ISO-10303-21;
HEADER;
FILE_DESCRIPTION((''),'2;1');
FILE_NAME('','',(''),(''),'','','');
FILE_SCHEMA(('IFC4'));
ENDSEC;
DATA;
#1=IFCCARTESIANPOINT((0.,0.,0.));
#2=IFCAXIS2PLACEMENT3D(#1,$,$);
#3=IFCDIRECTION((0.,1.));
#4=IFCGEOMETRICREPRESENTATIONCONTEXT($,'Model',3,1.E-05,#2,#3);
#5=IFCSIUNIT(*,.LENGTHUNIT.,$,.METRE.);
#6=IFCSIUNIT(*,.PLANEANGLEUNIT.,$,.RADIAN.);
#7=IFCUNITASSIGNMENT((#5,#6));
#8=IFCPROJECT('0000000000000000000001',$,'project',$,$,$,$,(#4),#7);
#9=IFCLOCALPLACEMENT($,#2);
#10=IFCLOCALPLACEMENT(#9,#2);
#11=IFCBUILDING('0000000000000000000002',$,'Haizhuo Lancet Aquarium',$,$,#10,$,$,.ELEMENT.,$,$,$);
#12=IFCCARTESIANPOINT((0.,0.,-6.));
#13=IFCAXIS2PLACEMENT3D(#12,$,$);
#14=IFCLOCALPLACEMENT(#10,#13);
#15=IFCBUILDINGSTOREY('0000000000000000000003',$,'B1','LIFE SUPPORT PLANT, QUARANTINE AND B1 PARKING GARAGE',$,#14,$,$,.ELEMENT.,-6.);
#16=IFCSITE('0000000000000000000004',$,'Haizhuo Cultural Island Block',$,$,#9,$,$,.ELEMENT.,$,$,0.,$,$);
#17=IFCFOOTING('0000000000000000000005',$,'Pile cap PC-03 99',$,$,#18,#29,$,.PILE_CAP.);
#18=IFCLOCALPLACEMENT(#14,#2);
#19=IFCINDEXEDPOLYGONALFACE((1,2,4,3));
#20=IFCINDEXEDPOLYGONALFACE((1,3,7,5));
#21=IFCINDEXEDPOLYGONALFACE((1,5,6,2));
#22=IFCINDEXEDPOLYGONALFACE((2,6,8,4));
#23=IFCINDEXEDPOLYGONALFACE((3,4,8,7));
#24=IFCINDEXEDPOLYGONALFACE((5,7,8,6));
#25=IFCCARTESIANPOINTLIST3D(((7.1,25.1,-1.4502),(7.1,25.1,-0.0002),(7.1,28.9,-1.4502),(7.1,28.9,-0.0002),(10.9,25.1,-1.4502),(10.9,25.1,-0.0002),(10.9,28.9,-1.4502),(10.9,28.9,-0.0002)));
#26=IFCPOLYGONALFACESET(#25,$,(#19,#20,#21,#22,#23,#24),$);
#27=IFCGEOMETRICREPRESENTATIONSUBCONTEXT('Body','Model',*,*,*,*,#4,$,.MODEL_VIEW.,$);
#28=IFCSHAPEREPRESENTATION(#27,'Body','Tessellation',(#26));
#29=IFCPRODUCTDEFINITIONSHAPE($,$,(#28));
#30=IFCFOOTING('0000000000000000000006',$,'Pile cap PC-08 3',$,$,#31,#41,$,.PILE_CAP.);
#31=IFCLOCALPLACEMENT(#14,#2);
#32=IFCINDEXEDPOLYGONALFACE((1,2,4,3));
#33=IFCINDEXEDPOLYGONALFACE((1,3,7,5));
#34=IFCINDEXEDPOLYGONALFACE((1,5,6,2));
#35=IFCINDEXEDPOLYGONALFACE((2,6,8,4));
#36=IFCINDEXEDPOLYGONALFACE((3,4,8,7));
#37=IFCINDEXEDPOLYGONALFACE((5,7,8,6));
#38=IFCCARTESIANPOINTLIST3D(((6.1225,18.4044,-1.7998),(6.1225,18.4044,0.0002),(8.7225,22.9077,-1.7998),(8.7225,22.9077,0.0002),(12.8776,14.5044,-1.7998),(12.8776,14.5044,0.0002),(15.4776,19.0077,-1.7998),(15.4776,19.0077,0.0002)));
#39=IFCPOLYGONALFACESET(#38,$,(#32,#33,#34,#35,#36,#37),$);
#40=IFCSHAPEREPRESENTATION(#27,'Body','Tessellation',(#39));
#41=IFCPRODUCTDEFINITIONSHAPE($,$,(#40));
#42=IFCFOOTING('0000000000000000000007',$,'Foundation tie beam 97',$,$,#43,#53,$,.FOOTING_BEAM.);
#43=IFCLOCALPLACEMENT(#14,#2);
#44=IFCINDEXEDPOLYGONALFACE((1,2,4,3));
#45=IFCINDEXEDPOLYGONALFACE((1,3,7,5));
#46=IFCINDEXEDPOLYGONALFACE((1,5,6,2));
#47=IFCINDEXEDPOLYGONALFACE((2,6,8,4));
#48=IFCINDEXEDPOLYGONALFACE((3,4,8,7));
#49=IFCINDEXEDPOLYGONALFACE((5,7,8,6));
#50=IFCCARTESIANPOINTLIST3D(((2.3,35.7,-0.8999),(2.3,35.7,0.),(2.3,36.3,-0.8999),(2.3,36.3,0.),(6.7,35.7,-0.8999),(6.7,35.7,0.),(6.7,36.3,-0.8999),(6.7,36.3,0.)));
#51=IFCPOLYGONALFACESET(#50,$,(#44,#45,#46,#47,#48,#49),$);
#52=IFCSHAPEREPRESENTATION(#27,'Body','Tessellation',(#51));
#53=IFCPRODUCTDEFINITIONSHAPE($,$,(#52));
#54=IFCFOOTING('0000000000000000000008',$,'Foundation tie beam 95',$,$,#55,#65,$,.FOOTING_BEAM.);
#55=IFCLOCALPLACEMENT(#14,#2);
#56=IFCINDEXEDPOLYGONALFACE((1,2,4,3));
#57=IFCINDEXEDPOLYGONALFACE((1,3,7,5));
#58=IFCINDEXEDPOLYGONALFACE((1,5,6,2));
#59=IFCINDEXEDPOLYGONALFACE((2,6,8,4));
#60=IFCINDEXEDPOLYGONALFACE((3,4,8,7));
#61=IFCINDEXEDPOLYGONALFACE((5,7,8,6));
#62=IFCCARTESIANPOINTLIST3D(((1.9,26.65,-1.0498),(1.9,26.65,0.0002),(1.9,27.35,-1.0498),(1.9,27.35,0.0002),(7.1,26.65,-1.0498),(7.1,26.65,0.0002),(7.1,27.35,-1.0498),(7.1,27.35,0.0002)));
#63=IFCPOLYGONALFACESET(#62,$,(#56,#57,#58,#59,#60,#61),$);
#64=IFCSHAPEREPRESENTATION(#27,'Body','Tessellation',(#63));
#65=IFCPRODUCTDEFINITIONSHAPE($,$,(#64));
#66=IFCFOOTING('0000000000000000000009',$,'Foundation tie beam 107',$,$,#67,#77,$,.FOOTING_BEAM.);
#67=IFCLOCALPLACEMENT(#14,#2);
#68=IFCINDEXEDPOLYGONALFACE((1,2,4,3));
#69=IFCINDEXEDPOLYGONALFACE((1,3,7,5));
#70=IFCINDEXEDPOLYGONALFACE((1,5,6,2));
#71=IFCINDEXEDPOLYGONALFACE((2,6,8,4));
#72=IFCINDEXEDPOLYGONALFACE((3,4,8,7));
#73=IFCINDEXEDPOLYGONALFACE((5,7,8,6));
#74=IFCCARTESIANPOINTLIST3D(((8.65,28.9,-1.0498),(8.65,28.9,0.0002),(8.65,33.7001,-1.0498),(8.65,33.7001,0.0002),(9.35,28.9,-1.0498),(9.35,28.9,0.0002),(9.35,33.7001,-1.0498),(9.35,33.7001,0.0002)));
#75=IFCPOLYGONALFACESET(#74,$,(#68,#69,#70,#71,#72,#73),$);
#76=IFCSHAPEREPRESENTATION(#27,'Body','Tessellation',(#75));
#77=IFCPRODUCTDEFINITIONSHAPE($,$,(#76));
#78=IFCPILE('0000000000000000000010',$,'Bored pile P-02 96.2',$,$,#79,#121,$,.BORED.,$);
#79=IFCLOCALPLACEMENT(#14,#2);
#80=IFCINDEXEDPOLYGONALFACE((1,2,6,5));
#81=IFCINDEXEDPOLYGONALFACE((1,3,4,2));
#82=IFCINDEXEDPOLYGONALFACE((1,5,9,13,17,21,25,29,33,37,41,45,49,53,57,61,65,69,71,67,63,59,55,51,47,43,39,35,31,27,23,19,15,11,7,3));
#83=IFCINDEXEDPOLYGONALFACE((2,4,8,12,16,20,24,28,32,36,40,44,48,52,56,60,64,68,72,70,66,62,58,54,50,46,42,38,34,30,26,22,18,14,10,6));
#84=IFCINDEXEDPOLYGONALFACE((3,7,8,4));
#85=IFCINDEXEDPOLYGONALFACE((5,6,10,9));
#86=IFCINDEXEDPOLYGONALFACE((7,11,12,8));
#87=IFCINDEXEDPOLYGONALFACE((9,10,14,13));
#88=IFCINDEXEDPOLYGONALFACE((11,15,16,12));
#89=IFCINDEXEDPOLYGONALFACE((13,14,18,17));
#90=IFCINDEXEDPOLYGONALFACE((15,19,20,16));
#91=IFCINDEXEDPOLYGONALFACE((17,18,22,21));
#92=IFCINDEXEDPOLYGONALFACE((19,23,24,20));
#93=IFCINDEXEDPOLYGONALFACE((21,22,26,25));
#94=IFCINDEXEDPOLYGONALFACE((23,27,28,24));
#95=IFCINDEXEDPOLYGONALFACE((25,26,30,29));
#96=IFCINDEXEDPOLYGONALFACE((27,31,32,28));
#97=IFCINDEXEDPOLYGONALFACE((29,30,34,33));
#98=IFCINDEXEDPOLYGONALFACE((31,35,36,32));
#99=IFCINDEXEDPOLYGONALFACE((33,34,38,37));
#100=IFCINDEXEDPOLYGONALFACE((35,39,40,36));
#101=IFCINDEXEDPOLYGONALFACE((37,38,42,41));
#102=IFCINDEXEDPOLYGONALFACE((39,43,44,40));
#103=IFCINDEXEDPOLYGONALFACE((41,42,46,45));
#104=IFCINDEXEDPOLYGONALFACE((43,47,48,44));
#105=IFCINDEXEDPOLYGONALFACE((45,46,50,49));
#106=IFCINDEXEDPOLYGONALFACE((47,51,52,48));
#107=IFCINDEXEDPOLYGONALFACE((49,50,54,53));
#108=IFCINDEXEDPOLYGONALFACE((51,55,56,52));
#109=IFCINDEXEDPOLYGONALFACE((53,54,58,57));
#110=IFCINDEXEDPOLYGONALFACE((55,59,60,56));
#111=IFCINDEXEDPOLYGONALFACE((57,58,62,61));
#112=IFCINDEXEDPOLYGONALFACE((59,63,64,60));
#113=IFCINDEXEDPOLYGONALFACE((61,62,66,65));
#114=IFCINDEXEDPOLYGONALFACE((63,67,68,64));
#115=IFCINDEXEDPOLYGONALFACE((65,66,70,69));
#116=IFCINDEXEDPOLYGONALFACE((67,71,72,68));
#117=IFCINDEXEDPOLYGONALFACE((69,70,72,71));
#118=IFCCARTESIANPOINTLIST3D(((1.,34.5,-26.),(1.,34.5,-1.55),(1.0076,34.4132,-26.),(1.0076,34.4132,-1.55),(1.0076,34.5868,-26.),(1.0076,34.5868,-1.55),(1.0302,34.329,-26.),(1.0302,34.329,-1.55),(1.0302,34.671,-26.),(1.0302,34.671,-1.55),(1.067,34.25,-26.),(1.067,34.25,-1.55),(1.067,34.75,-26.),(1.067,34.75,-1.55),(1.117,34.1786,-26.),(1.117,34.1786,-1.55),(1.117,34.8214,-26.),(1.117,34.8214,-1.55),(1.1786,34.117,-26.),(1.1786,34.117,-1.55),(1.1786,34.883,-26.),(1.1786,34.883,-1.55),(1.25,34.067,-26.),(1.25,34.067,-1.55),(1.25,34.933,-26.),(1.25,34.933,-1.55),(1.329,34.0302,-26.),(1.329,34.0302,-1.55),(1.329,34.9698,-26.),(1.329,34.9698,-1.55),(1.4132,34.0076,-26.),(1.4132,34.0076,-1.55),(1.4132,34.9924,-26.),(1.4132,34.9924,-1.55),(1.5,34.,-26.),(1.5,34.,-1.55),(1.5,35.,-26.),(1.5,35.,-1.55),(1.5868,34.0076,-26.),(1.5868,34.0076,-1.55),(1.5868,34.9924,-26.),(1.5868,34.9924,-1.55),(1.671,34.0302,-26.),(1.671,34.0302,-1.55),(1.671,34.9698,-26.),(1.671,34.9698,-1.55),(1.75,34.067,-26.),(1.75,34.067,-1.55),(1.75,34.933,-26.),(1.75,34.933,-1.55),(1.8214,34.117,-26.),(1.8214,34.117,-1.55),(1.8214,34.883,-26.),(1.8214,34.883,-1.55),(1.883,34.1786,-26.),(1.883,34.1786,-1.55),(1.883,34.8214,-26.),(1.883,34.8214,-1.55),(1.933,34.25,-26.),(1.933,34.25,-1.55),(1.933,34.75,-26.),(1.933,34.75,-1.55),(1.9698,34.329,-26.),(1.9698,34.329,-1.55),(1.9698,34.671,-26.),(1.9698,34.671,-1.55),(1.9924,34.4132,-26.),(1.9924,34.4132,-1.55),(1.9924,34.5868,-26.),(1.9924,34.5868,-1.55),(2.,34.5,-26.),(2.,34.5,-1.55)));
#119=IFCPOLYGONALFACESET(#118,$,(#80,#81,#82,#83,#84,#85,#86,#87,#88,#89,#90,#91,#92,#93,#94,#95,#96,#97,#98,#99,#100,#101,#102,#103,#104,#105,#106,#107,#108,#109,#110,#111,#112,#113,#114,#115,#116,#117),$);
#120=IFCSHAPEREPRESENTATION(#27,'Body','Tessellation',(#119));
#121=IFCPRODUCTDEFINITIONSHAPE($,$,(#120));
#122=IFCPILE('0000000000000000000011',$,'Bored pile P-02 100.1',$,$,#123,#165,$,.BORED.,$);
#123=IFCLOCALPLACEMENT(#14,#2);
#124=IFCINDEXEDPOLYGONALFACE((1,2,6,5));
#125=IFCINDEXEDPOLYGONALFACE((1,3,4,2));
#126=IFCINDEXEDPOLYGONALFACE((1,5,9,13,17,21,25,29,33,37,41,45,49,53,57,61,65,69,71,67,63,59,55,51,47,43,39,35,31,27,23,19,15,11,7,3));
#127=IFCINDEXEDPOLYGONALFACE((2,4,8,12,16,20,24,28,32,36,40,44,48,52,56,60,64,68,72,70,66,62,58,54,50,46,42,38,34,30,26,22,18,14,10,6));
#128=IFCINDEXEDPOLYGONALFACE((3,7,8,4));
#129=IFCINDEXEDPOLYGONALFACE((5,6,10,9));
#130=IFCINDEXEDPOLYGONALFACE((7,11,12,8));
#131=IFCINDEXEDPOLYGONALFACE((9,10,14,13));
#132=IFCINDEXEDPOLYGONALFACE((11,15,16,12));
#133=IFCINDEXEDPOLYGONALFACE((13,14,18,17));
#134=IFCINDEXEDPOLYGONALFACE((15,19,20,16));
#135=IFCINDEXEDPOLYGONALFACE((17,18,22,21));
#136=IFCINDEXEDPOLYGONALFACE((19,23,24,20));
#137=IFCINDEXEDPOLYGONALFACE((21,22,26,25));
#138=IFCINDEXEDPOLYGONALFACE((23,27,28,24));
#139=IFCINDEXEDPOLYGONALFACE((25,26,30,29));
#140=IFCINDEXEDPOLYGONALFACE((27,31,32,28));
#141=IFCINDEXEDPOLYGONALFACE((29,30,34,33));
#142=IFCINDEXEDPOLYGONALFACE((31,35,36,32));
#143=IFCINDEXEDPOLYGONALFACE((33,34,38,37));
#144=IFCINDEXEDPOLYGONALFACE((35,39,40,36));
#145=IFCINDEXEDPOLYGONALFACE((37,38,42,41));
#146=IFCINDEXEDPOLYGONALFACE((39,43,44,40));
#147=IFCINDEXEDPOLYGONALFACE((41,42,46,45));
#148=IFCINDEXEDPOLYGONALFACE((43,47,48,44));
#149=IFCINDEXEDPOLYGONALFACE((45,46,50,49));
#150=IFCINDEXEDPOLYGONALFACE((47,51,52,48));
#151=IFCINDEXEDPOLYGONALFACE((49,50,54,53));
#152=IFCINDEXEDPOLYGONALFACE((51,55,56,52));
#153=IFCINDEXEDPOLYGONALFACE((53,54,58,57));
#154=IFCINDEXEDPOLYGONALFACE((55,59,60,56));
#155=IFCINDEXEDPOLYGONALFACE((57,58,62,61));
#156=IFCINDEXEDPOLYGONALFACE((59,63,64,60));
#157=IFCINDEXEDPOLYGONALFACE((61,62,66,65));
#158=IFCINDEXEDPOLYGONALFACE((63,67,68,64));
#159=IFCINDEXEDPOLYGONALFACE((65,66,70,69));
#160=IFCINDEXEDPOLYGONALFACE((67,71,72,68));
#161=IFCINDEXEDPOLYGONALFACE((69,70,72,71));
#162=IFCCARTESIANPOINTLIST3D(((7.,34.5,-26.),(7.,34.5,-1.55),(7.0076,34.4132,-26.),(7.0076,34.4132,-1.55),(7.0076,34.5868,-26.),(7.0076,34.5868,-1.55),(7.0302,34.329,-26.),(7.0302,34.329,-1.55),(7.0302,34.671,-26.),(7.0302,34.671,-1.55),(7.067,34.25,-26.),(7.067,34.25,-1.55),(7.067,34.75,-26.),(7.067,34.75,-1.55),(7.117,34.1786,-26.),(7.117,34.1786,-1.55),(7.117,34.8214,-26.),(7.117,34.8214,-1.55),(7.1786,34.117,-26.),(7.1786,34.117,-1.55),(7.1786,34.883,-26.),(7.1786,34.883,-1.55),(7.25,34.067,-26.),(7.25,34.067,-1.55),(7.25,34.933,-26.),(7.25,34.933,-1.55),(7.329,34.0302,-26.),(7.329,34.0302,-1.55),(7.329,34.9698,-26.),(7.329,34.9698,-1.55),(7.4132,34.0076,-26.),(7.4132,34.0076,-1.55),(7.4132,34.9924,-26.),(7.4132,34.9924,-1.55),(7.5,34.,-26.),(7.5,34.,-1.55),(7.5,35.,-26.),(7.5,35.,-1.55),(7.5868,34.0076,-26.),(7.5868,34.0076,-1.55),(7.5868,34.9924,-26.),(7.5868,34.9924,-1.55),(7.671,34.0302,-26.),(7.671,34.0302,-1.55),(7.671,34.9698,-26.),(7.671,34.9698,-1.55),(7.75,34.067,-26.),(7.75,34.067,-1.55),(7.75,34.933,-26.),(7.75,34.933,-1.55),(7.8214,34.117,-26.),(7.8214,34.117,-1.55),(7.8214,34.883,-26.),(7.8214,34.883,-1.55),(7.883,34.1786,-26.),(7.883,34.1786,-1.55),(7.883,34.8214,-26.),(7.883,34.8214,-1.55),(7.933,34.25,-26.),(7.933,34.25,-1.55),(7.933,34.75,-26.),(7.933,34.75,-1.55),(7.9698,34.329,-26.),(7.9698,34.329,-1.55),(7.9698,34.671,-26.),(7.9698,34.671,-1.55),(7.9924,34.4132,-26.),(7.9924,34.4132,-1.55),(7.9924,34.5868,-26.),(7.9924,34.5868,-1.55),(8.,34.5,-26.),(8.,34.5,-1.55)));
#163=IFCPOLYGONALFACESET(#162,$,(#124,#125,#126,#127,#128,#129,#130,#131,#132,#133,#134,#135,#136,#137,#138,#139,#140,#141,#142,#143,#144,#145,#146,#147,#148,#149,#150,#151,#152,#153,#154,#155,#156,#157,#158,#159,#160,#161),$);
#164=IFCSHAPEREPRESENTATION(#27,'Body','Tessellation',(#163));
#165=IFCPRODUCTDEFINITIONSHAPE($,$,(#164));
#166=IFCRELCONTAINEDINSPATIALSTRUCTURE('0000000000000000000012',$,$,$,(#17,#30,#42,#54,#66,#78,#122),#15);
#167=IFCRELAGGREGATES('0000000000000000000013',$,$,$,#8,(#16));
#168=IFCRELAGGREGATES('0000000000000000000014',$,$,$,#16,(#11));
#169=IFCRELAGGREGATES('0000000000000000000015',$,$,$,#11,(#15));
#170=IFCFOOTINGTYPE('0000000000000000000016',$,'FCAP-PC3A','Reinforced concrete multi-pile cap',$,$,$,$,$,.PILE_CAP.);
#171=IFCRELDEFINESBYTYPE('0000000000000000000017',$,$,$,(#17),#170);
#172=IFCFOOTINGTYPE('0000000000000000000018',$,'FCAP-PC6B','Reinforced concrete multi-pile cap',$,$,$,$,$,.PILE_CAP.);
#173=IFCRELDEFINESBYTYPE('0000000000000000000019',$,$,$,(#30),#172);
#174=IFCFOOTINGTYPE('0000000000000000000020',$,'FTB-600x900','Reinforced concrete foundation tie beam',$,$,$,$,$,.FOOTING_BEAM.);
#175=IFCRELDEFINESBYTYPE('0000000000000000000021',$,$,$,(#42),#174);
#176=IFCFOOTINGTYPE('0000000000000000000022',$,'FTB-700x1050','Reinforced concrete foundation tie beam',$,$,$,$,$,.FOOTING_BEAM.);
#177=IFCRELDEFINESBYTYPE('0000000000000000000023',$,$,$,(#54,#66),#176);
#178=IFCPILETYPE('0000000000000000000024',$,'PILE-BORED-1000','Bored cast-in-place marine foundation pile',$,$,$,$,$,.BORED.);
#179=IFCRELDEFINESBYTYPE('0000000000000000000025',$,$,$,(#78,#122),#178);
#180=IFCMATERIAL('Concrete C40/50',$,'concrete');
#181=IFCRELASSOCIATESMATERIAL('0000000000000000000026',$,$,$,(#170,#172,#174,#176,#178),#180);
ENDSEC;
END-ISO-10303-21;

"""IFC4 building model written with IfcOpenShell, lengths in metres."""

from ifc_helpers import new_model, si_unit, direction, frame, origin, origin_2d, place, context, subcontext, project, spatial, rectangle, circle, extrude, material, material_profile, profile_set, type_object, element, save


model = new_model("IFC4")

# Units and contexts
model_context = context("Model", 3, precision=1e-05, world=origin(), true_north=direction((0.0, 1.0)))
body_context = subcontext(model_context, "Body", "Model", "MODEL_VIEW")
ifc_project = project(units=[si_unit("LENGTHUNIT", "METRE"), si_unit("PLANEANGLEUNIT", "RADIAN")], contexts=[model_context])

# Site, building, storey
site_placement = place(None, origin())
site = spatial("IfcSite", under=ifc_project, at=site_placement, Name="Haizhuo Cultural Island Block", CompositionType="ELEMENT", RefElevation=0.0)
building_placement = place(site_placement, origin())
building = spatial("IfcBuilding", under=site, at=building_placement, Name="Haizhuo Lancet Aquarium", CompositionType="ELEMENT")
storey_placement = place(building_placement, frame((0.0, 0.0, -6.0)))
storey = spatial("IfcBuildingStorey", under=building, at=storey_placement, Name="B1", Description="LIFE SUPPORT PLANT, QUARANTINE AND B1 PARKING GARAGE", CompositionType="ELEMENT", Elevation=-6.0)

# Footings
ifc_material_1 = material(Name="Concrete C40/50", Category="concrete")
footing_type_1 = type_object("IfcFootingType", Name="FCAP-PC3A", Description="Reinforced concrete multi-pile cap", PredefinedType="PILE_CAP", material=ifc_material_1)
footing_1_placement = place(storey_placement, frame((9.0, 27.0, -1.4502), z_axis=(0.0, 0.0, 1.0), x_axis=(1.0, 0.0, 0.0)))
element("IfcFooting", 1, at=footing_1_placement, inside=storey, type_object=footing_type_1, Name="Pile cap PC-03 99", PredefinedType="PILE_CAP", context=body_context, shape_type="SweptSolid", body=[
    extrude(rectangle(XDim=3.8, YDim=3.8, at=origin_2d()), origin(), (0.0, 0.0, 1.0), 1.45),
])
footing_type_2 = type_object("IfcFootingType", Name="FCAP-PC6B", Description="Reinforced concrete multi-pile cap", PredefinedType="PILE_CAP", material=ifc_material_1)
footing_2_placement = place(storey_placement, frame((10.8, 18.7061, -1.7998), z_axis=(0.0, 0.0, 1.0), x_axis=(0.5, 0.866025, 0.0)))
element("IfcFooting", 2, at=footing_2_placement, inside=storey, type_object=footing_type_2, Name="Pile cap PC-08 3", PredefinedType="PILE_CAP", context=body_context, shape_type="SweptSolid", body=[
    extrude(rectangle(XDim=5.2, YDim=7.8, at=origin_2d()), origin(), (0.0, 0.0, 1.0), 1.8),
])
footing_type_3 = type_object("IfcFootingType", Name="FTB-600x900", Description="Reinforced concrete foundation tie beam", PredefinedType="FOOTING_BEAM", material=ifc_material_1)
footing_3_placement = place(storey_placement, frame((4.5, 36.0, -0.8999), z_axis=(0.0, 0.0, 1.0), x_axis=(1.0, 0.0, 0.0)))
element("IfcFooting", 3, at=footing_3_placement, inside=storey, type_object=footing_type_3, Name="Foundation tie beam 97", PredefinedType="FOOTING_BEAM", context=body_context, shape_type="SweptSolid", body=[
    extrude(rectangle(XDim=4.3999, YDim=0.6001, at=origin_2d()), origin(), (0.0, 0.0, 1.0), 0.8999),
])
footing_type_4 = type_object("IfcFootingType", Name="FTB-700x1050", Description="Reinforced concrete foundation tie beam", PredefinedType="FOOTING_BEAM", material=ifc_material_1)
footing_4_placement = place(storey_placement, frame((4.5, 27.0, -1.0498), z_axis=(0.0, 0.0, 1.0), x_axis=(1.0, 0.0, 0.0)))
element("IfcFooting", 4, at=footing_4_placement, inside=storey, type_object=footing_type_4, Name="Foundation tie beam 95", PredefinedType="FOOTING_BEAM", context=body_context, shape_type="SweptSolid", body=[
    extrude(rectangle(XDim=5.2, YDim=0.7, at=origin_2d()), origin(), (0.0, 0.0, 1.0), 1.05),
])
footing_5_placement = place(storey_placement, frame((9.0, 31.3, -1.0498), z_axis=(0.0, 0.0, 1.0), x_axis=(0.0, 1.0, 0.0)))
element("IfcFooting", 5, at=footing_5_placement, inside=storey, type_object=footing_type_4, Name="Foundation tie beam 107", PredefinedType="FOOTING_BEAM", context=body_context, shape_type="SweptSolid", body=[
    extrude(rectangle(XDim=4.8, YDim=0.7, at=origin_2d()), origin(), (0.0, 0.0, 1.0), 1.05),
])

# Piles
ifc_material_profile_1 = material_profile(ifc_material_1, circle(Radius=0.5, at=origin_2d()), Name="PILE-1000")
ifc_profile_set_1 = profile_set([ifc_material_profile_1], Name="Concrete C40/50")
pile_type_1 = type_object("IfcPileType", Name="PILE-BORED-1000", Description="Bored cast-in-place marine foundation pile", PredefinedType="BORED", material=ifc_profile_set_1)
for number, where, z_axis, x_axis, name in (
    (6, (1.5, 34.5, -1.55), (0.0, 0.0, -1.0), (1.0, 0.0, 0.0), "Bored pile P-02 96.2"),
    (7, (7.5, 34.5, -1.55), (0.0, 0.0, -1.0), (1.0, 0.0, 0.0), "Bored pile P-02 100.1"),
):
    element("IfcPile", number, at=place(storey_placement, frame(where, z_axis=z_axis, x_axis=x_axis)), inside=storey, type_object=pile_type_1, Name=name, PredefinedType="BORED", context=body_context, shape_type="SweptSolid", body=[
        extrude(circle(Radius=0.5, at=origin_2d()), origin(), (0.0, 0.0, 1.0), 24.45),
    ])

save(model, "model.ifc")
